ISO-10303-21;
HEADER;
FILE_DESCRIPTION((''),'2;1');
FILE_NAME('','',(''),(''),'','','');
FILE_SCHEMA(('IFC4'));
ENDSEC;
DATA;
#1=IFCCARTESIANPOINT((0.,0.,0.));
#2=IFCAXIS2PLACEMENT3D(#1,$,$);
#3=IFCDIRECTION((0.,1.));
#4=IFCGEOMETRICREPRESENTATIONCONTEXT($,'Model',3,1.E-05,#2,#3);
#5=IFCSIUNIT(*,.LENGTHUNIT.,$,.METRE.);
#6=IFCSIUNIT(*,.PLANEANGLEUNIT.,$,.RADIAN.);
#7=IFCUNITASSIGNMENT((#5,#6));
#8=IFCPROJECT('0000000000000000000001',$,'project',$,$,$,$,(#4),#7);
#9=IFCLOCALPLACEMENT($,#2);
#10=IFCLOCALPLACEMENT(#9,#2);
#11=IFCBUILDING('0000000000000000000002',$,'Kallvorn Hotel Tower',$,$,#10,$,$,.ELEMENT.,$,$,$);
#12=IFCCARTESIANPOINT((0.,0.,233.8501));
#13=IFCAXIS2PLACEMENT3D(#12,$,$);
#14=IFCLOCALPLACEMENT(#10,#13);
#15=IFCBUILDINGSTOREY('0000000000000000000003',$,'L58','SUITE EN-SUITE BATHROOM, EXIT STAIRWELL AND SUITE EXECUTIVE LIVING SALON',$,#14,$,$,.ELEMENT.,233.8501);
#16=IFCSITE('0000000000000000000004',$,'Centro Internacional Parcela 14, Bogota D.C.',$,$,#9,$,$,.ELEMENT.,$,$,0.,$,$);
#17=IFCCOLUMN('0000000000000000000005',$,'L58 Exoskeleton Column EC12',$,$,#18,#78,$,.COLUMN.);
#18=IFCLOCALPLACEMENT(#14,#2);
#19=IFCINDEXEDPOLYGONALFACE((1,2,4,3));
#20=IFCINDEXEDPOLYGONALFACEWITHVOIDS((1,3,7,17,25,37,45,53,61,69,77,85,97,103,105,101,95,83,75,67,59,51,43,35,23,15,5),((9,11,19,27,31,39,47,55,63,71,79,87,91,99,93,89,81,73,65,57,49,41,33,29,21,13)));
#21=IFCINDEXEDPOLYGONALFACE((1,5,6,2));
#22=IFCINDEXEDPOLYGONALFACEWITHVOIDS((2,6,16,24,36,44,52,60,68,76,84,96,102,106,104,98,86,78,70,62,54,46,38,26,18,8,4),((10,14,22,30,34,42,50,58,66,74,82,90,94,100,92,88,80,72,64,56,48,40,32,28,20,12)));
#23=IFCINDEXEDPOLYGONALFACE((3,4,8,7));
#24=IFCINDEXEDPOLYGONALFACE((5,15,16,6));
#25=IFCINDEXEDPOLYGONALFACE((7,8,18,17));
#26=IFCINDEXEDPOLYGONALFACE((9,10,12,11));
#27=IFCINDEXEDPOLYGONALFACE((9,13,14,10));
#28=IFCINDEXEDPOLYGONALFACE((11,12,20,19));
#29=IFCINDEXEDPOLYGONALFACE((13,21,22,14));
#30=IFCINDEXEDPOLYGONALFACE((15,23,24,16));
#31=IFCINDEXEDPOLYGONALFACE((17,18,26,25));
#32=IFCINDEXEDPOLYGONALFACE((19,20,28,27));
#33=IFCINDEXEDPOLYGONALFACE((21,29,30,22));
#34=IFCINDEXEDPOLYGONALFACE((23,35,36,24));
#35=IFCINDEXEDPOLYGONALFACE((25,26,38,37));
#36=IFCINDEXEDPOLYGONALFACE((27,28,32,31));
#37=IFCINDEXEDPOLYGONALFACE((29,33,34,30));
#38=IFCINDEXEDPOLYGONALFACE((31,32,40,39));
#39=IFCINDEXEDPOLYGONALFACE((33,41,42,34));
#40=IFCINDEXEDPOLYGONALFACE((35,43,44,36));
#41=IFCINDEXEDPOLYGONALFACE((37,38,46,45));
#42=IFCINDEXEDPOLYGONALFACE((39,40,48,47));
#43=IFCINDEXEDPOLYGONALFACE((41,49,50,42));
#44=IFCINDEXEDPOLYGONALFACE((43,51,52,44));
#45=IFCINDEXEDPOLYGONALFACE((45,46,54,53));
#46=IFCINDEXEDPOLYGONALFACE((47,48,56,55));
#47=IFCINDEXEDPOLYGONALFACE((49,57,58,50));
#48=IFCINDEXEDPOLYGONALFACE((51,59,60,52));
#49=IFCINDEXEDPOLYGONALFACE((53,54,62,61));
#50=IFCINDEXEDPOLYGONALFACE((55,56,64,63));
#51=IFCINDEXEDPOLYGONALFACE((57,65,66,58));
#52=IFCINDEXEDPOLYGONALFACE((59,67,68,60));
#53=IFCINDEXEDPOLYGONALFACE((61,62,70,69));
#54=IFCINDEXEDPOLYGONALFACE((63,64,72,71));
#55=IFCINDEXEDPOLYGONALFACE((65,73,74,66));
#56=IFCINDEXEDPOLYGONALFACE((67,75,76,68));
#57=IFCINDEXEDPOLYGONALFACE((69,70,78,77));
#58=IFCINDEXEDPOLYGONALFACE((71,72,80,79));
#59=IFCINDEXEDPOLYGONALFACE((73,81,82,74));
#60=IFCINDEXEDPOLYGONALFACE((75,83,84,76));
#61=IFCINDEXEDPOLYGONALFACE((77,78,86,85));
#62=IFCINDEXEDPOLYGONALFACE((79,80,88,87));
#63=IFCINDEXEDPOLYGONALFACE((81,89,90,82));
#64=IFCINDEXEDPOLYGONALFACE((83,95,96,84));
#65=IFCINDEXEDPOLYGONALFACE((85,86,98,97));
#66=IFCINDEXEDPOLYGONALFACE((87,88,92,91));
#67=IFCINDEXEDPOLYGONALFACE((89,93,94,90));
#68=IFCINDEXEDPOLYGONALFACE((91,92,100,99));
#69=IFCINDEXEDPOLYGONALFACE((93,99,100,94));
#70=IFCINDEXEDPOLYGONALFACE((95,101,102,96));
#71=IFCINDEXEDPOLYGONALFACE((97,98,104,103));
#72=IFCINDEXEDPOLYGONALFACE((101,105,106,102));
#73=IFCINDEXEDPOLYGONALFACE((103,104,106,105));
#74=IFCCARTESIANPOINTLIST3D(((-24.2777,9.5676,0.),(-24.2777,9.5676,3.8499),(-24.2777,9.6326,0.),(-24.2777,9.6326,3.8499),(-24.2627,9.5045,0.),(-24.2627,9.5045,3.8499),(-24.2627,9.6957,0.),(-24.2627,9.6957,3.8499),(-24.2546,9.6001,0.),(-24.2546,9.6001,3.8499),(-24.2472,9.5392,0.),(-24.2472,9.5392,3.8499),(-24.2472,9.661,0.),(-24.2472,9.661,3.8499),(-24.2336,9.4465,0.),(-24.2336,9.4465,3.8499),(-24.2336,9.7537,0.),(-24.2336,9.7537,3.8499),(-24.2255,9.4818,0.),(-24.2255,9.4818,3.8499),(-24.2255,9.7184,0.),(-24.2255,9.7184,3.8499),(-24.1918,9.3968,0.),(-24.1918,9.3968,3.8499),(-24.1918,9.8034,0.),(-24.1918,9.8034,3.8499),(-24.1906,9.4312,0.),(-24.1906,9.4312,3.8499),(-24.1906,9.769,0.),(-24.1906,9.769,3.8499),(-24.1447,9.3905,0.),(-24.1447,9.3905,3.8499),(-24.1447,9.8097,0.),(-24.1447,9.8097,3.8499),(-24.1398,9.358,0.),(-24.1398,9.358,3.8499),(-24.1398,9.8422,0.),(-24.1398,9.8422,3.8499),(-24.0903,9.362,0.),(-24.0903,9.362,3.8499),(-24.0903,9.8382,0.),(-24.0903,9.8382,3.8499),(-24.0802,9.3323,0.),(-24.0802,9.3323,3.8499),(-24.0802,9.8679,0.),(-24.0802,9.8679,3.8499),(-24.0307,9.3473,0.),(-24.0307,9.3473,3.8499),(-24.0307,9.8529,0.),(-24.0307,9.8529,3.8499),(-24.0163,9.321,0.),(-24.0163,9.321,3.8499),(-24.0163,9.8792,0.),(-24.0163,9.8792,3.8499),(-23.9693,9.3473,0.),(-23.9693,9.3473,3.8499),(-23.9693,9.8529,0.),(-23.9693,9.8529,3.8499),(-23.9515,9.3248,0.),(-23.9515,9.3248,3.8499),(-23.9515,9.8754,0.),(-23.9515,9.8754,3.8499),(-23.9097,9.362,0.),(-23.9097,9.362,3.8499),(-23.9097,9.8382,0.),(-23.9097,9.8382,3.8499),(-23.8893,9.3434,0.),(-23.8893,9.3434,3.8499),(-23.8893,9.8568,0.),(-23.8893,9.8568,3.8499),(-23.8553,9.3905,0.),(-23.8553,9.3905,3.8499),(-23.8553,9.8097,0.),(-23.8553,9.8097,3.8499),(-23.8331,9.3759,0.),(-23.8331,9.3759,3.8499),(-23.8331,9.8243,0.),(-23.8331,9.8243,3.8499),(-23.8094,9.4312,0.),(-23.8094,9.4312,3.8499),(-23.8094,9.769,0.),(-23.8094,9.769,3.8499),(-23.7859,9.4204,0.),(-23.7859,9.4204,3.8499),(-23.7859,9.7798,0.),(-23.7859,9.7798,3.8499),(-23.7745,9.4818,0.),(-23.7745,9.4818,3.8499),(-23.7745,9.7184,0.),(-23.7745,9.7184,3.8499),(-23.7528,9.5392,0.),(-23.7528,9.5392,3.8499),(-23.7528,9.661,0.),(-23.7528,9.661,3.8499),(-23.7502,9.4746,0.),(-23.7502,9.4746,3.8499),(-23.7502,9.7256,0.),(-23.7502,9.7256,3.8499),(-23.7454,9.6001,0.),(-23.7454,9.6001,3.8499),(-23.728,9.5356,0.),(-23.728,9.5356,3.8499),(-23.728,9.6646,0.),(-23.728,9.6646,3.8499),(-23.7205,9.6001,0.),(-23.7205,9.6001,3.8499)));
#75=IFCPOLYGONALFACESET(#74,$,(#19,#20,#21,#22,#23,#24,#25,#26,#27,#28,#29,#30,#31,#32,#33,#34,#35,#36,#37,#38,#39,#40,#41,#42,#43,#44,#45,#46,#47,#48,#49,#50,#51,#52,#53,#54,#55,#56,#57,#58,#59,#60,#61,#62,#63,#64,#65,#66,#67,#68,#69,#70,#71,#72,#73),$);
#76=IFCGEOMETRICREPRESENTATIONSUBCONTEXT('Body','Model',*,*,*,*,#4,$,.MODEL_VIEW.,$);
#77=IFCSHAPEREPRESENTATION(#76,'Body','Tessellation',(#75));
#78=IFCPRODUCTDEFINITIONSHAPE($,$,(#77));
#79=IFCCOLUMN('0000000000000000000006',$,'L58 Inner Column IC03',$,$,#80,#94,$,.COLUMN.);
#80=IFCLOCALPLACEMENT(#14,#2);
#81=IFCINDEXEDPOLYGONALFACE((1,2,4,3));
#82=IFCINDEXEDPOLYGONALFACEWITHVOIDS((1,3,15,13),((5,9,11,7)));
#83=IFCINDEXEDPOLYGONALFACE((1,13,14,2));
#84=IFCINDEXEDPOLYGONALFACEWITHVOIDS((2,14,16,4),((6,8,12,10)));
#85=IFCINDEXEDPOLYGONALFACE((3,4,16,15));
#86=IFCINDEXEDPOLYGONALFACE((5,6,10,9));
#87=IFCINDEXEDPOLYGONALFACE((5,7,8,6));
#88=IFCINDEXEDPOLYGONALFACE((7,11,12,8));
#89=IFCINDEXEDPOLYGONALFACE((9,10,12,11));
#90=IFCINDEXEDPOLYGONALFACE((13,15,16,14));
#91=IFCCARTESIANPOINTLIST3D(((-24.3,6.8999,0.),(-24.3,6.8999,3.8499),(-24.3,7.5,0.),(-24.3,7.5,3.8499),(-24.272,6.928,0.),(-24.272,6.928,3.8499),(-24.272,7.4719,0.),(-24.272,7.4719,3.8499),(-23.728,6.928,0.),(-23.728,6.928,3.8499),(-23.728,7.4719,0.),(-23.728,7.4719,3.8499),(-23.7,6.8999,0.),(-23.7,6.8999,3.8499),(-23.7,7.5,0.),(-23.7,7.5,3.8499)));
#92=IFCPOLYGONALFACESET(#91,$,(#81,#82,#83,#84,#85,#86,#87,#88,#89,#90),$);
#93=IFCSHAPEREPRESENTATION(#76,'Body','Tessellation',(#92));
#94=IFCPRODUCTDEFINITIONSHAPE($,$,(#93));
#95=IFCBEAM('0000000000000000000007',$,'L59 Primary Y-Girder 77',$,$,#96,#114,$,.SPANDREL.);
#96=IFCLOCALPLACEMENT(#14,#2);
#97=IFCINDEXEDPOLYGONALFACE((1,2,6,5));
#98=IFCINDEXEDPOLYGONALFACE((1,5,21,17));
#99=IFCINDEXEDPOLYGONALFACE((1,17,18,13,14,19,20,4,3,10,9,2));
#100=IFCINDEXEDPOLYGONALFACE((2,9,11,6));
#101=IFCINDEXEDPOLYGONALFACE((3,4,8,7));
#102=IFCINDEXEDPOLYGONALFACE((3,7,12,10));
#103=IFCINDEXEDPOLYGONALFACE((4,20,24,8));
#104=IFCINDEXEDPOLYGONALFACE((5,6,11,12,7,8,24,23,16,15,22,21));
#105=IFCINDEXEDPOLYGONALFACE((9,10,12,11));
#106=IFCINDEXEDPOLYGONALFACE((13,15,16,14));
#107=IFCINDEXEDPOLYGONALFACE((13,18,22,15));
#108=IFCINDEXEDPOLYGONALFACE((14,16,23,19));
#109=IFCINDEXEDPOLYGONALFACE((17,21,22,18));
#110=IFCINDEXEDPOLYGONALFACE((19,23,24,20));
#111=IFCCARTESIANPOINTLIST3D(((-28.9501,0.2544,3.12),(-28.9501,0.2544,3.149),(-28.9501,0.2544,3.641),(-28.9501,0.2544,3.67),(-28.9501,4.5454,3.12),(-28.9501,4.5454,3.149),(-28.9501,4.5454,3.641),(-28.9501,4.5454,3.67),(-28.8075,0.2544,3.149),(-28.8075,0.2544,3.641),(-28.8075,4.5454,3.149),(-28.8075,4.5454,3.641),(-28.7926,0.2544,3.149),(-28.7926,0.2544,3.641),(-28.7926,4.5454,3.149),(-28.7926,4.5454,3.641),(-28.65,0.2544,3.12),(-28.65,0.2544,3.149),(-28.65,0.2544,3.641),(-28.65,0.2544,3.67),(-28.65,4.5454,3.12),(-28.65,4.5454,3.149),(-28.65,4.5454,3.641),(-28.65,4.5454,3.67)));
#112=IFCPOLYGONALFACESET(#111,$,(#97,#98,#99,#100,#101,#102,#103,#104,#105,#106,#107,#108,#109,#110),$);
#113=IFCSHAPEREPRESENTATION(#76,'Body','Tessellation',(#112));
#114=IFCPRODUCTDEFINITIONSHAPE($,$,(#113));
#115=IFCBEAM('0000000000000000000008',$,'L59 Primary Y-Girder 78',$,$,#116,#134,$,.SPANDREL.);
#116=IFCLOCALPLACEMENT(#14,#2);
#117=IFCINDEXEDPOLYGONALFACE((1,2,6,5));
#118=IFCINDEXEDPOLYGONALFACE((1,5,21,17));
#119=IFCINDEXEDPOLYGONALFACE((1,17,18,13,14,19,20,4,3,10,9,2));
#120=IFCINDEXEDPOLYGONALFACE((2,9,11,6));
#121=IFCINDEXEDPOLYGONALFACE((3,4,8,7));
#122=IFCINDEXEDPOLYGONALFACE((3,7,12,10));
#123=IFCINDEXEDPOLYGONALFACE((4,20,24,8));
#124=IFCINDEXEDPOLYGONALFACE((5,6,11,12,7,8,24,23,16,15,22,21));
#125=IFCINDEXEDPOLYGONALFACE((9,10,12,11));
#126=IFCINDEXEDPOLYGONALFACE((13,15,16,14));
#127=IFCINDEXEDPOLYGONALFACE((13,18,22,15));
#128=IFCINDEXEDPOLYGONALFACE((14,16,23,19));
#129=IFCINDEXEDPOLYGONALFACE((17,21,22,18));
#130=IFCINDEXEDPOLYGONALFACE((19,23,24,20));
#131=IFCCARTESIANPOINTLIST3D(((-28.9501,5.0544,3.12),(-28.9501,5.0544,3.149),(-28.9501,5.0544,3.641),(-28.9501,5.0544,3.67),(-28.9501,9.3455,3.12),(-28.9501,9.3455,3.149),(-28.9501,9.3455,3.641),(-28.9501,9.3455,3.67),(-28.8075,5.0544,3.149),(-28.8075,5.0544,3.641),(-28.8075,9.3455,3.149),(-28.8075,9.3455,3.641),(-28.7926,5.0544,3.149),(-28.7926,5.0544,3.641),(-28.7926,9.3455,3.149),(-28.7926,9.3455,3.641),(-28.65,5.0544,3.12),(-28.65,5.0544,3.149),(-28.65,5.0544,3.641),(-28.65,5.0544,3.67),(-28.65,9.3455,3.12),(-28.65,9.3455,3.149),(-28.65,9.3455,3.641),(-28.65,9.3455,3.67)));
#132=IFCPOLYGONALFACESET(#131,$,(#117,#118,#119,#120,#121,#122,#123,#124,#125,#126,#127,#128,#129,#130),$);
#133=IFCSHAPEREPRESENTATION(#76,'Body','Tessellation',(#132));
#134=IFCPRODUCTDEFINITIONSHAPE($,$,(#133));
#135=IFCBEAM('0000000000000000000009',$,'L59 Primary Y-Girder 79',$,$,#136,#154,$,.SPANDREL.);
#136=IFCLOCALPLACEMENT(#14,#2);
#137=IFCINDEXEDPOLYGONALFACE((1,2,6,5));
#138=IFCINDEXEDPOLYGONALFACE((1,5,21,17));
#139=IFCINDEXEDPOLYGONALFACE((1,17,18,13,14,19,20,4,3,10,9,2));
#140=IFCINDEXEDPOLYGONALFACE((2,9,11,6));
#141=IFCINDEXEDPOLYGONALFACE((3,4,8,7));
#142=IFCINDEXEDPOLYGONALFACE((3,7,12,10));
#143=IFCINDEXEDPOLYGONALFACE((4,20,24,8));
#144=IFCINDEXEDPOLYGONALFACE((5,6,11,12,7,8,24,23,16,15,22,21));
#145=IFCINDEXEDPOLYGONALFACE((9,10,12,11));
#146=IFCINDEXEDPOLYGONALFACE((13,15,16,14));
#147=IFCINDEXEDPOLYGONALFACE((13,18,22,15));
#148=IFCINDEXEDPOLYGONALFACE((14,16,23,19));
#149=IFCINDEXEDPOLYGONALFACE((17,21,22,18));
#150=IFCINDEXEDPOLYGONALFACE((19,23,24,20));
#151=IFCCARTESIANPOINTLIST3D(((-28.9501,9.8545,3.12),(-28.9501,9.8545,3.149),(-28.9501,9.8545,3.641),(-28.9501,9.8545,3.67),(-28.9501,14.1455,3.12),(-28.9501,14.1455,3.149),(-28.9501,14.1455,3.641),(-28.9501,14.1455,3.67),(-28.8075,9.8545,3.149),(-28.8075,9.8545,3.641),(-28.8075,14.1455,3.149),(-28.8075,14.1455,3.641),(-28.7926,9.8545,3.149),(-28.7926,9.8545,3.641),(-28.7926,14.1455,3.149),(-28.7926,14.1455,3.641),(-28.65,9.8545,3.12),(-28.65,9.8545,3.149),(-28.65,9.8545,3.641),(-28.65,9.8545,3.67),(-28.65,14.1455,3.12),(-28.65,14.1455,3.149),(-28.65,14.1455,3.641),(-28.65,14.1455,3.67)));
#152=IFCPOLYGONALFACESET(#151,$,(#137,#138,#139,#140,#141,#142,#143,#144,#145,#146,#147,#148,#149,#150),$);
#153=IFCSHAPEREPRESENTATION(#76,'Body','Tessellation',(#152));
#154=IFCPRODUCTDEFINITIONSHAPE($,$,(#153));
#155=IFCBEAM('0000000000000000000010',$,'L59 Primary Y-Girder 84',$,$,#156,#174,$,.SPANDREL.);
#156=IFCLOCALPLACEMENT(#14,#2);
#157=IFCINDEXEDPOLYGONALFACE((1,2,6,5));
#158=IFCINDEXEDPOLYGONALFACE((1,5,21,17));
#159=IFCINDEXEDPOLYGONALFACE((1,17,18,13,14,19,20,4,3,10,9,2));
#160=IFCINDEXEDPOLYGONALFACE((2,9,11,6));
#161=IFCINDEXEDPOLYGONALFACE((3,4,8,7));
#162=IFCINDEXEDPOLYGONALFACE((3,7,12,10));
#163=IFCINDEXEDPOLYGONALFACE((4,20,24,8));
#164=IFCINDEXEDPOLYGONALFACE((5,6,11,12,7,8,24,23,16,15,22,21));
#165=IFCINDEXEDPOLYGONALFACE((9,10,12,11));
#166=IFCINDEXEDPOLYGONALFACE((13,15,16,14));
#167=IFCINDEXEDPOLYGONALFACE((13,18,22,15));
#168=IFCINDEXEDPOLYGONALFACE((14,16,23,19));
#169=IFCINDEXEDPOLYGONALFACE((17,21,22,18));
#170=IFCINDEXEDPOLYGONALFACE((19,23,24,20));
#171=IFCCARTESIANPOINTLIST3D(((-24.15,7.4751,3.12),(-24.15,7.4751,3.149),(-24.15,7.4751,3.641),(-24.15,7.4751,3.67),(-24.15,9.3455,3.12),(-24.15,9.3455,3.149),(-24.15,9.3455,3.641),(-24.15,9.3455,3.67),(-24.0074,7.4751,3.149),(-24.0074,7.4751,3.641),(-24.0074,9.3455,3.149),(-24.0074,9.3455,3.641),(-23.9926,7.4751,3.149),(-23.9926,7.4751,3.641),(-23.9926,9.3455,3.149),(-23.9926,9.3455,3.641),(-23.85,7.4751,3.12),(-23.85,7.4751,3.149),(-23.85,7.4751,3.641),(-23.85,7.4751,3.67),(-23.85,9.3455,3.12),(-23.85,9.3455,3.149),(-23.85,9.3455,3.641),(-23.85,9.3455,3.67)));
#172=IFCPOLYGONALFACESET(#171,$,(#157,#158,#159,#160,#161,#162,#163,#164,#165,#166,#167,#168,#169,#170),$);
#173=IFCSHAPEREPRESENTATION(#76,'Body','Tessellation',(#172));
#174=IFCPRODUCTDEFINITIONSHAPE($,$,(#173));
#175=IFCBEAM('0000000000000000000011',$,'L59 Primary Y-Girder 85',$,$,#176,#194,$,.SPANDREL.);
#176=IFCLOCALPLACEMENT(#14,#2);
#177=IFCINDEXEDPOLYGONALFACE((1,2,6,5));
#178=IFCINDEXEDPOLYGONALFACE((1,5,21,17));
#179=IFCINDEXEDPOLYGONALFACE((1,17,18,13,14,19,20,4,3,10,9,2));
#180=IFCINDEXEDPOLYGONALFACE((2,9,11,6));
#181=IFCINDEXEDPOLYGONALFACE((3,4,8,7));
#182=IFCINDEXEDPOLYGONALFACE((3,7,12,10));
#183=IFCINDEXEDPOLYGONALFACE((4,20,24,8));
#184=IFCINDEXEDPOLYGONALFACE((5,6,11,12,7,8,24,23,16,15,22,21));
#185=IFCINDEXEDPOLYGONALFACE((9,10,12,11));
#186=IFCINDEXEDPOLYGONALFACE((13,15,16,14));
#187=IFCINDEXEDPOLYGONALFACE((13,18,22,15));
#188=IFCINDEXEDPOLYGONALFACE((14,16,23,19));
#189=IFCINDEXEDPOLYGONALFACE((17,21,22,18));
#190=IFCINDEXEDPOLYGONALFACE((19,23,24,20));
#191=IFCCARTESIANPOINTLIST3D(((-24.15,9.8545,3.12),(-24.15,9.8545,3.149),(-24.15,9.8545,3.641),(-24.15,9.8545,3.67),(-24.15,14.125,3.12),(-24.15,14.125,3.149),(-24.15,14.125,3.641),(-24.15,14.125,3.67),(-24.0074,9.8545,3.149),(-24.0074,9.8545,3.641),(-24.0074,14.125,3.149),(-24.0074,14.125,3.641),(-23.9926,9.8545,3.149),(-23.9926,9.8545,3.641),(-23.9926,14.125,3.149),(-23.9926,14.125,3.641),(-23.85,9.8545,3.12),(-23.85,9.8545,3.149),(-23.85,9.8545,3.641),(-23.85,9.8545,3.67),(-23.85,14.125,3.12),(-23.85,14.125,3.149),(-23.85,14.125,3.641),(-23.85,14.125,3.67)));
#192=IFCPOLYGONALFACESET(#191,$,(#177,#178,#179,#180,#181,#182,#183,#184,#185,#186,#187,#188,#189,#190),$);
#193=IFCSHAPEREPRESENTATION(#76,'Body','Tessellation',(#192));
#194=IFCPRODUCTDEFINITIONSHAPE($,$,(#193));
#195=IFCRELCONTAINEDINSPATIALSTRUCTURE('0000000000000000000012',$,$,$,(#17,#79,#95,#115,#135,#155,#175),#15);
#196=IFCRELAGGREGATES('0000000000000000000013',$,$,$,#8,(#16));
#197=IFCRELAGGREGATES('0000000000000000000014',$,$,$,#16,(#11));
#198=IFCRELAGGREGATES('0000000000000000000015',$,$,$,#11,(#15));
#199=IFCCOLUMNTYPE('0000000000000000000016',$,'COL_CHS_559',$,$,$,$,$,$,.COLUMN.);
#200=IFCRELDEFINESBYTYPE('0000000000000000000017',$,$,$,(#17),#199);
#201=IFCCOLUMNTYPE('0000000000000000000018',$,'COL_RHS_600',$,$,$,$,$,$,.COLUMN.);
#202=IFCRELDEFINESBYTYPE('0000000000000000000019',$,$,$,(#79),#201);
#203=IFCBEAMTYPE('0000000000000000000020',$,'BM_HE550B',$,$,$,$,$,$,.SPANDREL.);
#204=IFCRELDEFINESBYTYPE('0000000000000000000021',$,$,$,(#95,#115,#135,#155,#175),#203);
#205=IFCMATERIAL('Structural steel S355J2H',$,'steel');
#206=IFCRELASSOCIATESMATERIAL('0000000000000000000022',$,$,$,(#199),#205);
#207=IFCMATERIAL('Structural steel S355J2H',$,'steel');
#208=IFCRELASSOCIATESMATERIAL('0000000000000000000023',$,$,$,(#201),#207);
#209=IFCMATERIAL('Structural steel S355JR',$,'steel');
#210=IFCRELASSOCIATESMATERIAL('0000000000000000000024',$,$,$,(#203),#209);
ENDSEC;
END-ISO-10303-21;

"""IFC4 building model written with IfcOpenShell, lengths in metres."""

from ifc_helpers import new_model, si_unit, direction, frame, origin, origin_2d, place, context, subcontext, project, spatial, hollow_rectangle, hollow_circle, i_section, extrude, material, material_profile, profile_set, type_object, element, save


model = new_model("IFC4")

# Units and contexts
model_context = context("Model", 3, precision=1e-05, world=origin(), true_north=direction((0.0, 1.0)))
body_context = subcontext(model_context, "Body", "Model", "MODEL_VIEW")
ifc_project = project(units=[si_unit("LENGTHUNIT", "METRE"), si_unit("PLANEANGLEUNIT", "RADIAN")], contexts=[model_context])

# Site, building, storey
site_placement = place(None, origin())
site = spatial("IfcSite", under=ifc_project, at=site_placement, Name="Centro Internacional Parcela 14, Bogota D.C.", CompositionType="ELEMENT", RefElevation=0.0)
building_placement = place(site_placement, origin())
building = spatial("IfcBuilding", under=site, at=building_placement, Name="Kallvorn Hotel Tower", CompositionType="ELEMENT")
storey_placement = place(building_placement, frame((0.0, 0.0, 233.8501)))
storey = spatial("IfcBuildingStorey", under=building, at=storey_placement, Name="L58", Description="SUITE EN-SUITE BATHROOM, EXIT STAIRWELL AND SUITE EXECUTIVE LIVING SALON", CompositionType="ELEMENT", Elevation=233.8501)

# Columns
ifc_material_1 = material(Name="Structural steel S355J2H", Category="steel")
ifc_material_profile_1 = material_profile(ifc_material_1, hollow_circle(Radius=0.2795, WallThickness=0.0249, at=origin_2d()), Name="CHS 559x25")
ifc_profile_set_1 = profile_set([ifc_material_profile_1], Name="Structural steel S355J2H")
column_type_1 = type_object("IfcColumnType", Name="COL_CHS_559", PredefinedType="COLUMN", material=ifc_profile_set_1)
for number, where, z_axis, x_axis, name in (
    (1, (-24.0, 9.6001, 0.0), (0.0, 0.0, 1.0), (1.0, 0.0, 0.0), "L58 Exoskeleton Column EC12"),
):
    element("IfcColumn", number, at=place(storey_placement, frame(where, z_axis=z_axis, x_axis=x_axis)), inside=storey, type_object=column_type_1, Name=name, PredefinedType="COLUMN", context=body_context, shape_type="SweptSolid", body=[
        extrude(hollow_circle(Radius=0.2795, WallThickness=0.0249, at=origin_2d()), origin(), (0.0, 0.0, 1.0), 3.8499),
    ])
ifc_material_2 = material(Name="Structural steel S355J2H", Category="steel")
ifc_material_profile_2 = material_profile(ifc_material_2, hollow_rectangle(XDim=0.6001, YDim=0.6001, WallThickness=0.0281, at=origin_2d()), Name="RHS 600x600x28")
ifc_profile_set_2 = profile_set([ifc_material_profile_2], Name="Structural steel S355J2H")
column_type_2 = type_object("IfcColumnType", Name="COL_RHS_600", PredefinedType="COLUMN", material=ifc_profile_set_2)
column_placement = place(storey_placement, frame((-24.0, 7.2, 0.0), z_axis=(0.0, 0.0, 1.0), x_axis=(1.0, 0.0, 0.0)))
element("IfcColumn", 2, at=column_placement, inside=storey, type_object=column_type_2, Name="L58 Inner Column IC03", PredefinedType="COLUMN", context=body_context, shape_type="SweptSolid", body=[
    extrude(hollow_rectangle(XDim=0.6001, YDim=0.6001, WallThickness=0.0281, at=origin_2d()), origin(), (0.0, 0.0, 1.0), 3.8499),
])

# Beams
ifc_material_3 = material(Name="Structural steel S355JR", Category="steel")
ifc_material_profile_3 = material_profile(ifc_material_3, i_section(OverallWidth=0.3, OverallDepth=0.55, WebThickness=0.0149, FlangeThickness=0.0291, at=origin_2d()), Name="HE 550 B")
ifc_profile_set_3 = profile_set([ifc_material_profile_3], Name="Structural steel S355JR")
beam_type_1 = type_object("IfcBeamType", Name="BM_HE550B", PredefinedType="SPANDREL", material=ifc_profile_set_3)
for number, where, z_axis, x_axis, name in (
    (3, (-28.8, 0.2544, 3.395), (0.0, 1.0, 0.0), (-1.0, 0.0, 0.0), "L59 Primary Y-Girder 77"),
    (4, (-28.8, 5.0544, 3.395), (0.0, 1.0, 0.0), (-1.0, 0.0, 0.0), "L59 Primary Y-Girder 78"),
    (5, (-28.8, 9.8545, 3.395), (0.0, 1.0, 0.0), (-1.0, 0.0, 0.0), "L59 Primary Y-Girder 79"),
):
    element("IfcBeam", number, at=place(storey_placement, frame(where, z_axis=z_axis, x_axis=x_axis)), inside=storey, type_object=beam_type_1, Name=name, PredefinedType="SPANDREL", context=body_context, shape_type="SweptSolid", body=[
        extrude(i_section(OverallWidth=0.3, OverallDepth=0.55, WebThickness=0.0149, FlangeThickness=0.0291, at=origin_2d()), origin(), (0.0, 0.0, 1.0), 4.291),
    ])
beam_1_placement = place(storey_placement, frame((-24.0, 7.4751, 3.395), z_axis=(0.0, 1.0, 0.0), x_axis=(-1.0, 0.0, 0.0)))
element("IfcBeam", 6, at=beam_1_placement, inside=storey, type_object=beam_type_1, Name="L59 Primary Y-Girder 84", PredefinedType="SPANDREL", context=body_context, shape_type="SweptSolid", body=[
    extrude(i_section(OverallWidth=0.3, OverallDepth=0.55, WebThickness=0.0149, FlangeThickness=0.0291, at=origin_2d()), origin(), (0.0, 0.0, 1.0), 1.8704),
])
beam_2_placement = place(storey_placement, frame((-24.0, 9.8545, 3.395), z_axis=(0.0, 1.0, 0.0), x_axis=(-1.0, 0.0, 0.0)))
element("IfcBeam", 7, at=beam_2_placement, inside=storey, type_object=beam_type_1, Name="L59 Primary Y-Girder 85", PredefinedType="SPANDREL", context=body_context, shape_type="SweptSolid", body=[
    extrude(i_section(OverallWidth=0.3, OverallDepth=0.55, WebThickness=0.0149, FlangeThickness=0.0291, at=origin_2d()), origin(), (0.0, 0.0, 1.0), 4.2705),
])

save(model, "model.ifc")
